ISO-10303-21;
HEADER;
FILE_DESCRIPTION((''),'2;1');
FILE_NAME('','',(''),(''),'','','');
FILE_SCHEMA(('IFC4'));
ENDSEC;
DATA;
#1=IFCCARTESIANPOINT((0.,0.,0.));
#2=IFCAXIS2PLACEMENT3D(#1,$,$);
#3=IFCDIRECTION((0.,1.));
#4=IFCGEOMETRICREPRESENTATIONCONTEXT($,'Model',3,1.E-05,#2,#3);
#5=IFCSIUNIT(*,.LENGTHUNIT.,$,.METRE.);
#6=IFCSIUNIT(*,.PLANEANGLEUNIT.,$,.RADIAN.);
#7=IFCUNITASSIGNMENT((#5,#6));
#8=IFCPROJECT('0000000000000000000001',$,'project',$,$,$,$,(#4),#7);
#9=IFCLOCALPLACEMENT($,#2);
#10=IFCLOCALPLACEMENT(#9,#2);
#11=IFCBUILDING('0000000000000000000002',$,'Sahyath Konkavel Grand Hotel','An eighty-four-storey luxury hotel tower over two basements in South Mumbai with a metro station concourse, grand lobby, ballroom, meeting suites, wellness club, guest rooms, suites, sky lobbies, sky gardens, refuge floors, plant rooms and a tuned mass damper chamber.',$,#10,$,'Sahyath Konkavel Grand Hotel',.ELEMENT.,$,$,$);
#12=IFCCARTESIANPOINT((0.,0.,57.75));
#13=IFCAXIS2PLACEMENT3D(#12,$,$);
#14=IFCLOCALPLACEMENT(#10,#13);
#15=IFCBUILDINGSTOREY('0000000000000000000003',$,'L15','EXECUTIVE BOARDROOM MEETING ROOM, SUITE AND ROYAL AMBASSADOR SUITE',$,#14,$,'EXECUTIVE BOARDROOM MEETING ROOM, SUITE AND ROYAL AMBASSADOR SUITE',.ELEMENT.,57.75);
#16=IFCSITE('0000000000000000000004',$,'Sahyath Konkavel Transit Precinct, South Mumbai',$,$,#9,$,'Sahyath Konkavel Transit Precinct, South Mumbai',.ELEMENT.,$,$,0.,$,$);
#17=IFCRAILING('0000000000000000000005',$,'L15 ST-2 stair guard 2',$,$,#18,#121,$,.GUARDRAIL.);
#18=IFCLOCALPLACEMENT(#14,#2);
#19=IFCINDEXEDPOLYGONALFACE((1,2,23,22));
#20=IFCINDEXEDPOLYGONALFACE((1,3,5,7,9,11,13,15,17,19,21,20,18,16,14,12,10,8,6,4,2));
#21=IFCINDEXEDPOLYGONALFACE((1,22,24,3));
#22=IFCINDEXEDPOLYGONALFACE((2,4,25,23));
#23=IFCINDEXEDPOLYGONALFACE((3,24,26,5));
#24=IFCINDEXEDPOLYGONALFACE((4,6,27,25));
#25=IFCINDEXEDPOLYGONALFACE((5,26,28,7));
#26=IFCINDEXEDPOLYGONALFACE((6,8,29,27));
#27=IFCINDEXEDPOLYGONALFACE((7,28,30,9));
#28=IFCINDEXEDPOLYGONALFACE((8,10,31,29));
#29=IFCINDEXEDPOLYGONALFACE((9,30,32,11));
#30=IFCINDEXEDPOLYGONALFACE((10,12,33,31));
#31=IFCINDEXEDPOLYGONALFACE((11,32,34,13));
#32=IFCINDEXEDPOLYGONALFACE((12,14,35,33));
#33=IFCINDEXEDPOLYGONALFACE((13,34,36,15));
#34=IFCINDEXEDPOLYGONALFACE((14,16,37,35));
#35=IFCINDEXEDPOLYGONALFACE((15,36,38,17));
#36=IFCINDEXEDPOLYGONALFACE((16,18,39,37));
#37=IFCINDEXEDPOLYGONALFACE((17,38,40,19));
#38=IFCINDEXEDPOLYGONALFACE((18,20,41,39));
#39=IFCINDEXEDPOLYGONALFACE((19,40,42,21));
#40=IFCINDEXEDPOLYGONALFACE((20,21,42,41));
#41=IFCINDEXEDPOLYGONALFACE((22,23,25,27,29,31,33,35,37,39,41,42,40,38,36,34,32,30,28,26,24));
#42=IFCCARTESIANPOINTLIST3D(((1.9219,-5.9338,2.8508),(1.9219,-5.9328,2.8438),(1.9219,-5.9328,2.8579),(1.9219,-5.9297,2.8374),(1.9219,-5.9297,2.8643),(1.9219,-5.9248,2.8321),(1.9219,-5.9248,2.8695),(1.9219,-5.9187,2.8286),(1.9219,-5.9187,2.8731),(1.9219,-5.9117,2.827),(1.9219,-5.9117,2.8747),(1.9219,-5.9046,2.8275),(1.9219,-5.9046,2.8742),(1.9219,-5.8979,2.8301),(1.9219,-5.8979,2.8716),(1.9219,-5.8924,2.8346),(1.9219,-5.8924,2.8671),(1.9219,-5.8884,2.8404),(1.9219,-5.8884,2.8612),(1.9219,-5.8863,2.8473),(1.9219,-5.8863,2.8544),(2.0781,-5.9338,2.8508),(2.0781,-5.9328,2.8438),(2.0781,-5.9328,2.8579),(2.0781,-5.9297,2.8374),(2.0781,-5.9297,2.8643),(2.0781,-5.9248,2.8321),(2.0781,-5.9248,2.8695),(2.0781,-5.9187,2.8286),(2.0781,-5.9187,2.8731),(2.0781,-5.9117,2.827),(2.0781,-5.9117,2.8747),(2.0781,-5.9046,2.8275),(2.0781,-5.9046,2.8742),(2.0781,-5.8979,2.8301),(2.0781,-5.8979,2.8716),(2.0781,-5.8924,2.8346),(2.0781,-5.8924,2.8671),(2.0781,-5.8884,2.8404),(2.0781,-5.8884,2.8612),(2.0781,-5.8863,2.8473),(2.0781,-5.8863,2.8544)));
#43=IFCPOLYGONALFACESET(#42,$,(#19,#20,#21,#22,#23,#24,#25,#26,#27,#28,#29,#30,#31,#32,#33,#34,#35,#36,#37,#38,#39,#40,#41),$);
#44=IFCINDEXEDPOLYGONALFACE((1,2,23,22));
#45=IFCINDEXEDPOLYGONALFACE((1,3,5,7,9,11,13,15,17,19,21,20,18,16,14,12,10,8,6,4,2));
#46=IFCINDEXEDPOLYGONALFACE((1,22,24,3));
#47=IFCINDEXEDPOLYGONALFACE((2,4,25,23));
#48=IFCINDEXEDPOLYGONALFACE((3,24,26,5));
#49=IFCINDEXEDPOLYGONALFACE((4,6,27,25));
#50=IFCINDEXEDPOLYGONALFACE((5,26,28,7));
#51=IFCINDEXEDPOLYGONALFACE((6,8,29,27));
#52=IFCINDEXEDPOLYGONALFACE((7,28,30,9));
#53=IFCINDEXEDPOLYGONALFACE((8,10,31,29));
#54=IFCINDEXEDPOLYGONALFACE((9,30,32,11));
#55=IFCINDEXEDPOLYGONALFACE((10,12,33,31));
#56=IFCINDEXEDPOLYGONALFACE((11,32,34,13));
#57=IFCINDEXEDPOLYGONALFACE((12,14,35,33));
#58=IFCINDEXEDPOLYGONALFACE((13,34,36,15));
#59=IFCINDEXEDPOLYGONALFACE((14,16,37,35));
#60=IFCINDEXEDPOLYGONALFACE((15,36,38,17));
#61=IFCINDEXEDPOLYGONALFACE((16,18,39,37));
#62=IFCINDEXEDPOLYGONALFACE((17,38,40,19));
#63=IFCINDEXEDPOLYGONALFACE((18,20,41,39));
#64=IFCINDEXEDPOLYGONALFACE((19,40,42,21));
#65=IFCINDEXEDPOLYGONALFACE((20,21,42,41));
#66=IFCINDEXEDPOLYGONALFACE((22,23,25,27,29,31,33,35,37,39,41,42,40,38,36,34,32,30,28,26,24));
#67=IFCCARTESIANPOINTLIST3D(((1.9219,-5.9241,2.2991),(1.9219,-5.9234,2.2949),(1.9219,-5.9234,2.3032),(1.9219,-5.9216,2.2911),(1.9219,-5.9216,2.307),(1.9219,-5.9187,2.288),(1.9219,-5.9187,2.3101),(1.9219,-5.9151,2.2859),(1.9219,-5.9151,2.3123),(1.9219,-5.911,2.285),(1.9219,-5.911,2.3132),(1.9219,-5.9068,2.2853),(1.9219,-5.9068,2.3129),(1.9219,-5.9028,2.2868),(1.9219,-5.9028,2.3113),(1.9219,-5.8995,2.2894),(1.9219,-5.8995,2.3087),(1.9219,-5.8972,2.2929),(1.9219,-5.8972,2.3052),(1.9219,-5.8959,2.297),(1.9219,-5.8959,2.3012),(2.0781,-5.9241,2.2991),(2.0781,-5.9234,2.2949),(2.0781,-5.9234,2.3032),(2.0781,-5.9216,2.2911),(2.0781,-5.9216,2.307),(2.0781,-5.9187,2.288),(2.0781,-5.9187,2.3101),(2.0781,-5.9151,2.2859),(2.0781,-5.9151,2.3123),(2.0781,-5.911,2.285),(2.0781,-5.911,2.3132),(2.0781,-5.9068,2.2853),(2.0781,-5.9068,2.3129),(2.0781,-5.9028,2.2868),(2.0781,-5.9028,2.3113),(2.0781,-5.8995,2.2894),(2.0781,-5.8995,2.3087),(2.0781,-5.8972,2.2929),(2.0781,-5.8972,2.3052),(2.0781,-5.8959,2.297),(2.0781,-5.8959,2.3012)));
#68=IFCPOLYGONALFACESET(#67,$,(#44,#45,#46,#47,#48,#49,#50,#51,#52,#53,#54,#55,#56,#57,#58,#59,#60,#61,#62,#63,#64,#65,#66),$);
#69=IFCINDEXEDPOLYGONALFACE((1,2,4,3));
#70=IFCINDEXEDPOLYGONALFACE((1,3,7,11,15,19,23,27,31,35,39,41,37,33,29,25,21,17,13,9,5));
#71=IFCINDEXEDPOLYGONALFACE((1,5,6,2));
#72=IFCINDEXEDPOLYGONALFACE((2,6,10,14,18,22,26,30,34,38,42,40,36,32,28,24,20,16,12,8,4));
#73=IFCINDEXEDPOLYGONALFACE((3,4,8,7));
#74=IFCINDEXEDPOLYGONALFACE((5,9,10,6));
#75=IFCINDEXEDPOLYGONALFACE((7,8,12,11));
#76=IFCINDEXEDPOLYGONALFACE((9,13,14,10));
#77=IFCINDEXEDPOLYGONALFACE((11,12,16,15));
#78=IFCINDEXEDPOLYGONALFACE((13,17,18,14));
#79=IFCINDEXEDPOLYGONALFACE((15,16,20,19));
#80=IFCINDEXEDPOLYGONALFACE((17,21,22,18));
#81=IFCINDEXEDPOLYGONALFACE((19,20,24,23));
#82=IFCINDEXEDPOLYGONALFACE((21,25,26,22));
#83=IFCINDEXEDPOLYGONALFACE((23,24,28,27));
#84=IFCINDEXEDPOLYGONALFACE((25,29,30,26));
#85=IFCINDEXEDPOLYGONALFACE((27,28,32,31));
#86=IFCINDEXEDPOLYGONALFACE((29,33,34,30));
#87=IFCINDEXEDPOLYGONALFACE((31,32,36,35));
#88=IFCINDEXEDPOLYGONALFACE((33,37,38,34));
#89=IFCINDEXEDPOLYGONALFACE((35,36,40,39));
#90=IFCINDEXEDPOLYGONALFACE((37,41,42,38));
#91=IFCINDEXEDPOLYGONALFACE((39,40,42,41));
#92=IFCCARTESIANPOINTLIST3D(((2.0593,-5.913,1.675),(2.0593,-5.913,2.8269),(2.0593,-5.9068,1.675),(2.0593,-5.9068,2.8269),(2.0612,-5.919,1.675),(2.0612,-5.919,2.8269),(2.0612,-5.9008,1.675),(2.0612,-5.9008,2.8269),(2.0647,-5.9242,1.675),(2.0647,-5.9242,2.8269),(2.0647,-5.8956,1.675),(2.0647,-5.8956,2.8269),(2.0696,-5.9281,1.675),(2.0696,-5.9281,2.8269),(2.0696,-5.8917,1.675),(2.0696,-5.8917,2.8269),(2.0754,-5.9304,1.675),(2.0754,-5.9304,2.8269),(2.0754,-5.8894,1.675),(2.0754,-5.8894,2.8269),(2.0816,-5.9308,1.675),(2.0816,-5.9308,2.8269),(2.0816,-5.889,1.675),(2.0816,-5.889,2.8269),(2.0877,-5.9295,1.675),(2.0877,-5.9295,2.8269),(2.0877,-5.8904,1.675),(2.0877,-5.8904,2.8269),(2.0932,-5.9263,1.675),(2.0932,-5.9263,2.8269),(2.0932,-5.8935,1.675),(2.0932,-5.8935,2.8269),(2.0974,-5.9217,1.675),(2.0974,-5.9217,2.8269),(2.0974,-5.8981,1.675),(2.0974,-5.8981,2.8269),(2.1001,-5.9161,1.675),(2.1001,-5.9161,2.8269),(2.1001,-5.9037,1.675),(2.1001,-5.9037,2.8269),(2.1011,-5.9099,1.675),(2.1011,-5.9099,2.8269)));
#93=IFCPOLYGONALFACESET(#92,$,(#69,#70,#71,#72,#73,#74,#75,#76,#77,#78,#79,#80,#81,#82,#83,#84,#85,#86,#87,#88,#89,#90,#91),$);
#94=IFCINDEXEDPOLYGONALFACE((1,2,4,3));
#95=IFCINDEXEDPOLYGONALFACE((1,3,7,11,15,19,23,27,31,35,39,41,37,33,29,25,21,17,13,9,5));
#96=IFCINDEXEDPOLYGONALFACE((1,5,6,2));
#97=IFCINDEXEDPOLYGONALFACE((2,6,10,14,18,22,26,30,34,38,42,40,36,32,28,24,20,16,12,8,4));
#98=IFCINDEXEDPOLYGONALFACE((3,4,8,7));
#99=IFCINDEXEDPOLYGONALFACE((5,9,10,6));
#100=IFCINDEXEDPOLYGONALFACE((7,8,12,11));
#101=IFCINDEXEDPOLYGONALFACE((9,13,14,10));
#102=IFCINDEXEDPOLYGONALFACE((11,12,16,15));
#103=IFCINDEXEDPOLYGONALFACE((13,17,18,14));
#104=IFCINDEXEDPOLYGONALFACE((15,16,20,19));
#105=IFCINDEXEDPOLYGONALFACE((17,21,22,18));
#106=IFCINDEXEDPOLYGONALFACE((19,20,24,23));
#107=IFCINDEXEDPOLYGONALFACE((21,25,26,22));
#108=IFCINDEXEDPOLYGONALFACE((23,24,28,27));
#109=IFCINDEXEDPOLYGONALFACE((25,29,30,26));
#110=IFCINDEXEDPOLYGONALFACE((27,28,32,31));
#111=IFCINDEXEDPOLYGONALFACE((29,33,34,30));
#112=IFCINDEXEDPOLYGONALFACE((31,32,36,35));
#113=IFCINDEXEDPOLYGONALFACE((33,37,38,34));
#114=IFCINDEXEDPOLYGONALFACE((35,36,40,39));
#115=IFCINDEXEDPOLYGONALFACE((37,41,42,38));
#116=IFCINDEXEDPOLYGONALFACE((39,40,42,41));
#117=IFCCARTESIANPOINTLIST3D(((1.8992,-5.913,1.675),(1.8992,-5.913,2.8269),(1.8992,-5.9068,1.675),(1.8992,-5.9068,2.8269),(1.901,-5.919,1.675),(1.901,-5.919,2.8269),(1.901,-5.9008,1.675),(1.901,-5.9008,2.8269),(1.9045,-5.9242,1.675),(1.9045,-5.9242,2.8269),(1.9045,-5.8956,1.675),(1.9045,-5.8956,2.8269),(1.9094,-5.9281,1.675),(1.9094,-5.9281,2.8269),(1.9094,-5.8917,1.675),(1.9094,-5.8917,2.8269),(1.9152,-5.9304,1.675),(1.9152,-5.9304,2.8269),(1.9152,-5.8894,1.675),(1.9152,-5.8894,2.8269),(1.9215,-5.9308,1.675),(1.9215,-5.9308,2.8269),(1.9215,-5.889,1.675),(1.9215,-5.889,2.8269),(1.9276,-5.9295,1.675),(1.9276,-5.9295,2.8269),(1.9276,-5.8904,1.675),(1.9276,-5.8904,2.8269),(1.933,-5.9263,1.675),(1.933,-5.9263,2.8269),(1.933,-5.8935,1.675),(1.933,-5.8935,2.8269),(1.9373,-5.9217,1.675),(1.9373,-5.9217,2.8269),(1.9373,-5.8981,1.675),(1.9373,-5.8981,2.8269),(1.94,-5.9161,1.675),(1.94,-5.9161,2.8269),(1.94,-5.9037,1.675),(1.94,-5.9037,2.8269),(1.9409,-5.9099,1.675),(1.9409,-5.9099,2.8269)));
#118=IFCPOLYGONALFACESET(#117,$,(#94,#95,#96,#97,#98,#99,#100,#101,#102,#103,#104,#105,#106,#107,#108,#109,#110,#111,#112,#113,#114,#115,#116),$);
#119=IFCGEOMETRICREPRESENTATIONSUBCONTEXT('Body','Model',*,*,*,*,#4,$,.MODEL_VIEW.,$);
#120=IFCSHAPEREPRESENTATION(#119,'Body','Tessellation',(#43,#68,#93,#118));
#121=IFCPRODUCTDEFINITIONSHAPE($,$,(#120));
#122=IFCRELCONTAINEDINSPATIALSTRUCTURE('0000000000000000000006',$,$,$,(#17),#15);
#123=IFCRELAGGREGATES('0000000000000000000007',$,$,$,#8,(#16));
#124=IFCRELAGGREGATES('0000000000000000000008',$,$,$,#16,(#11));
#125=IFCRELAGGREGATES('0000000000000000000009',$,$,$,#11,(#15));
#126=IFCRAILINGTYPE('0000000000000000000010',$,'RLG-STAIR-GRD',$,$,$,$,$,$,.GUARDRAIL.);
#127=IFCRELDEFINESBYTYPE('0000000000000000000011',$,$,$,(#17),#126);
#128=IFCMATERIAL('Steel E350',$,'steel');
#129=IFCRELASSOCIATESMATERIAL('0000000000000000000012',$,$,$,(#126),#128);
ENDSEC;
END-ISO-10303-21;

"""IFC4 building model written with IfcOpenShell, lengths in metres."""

from ifc_helpers import new_model, si_unit, direction, frame, origin, origin_2d, place, context, subcontext, project, spatial, circle, extrude, material, type_object, element, save


model = new_model("IFC4")

# Units and contexts
model_context = context("Model", 3, precision=1e-05, world=origin(), true_north=direction((0.0, 1.0)))
body_context = subcontext(model_context, "Body", "Model", "MODEL_VIEW")
ifc_project = project(units=[si_unit("LENGTHUNIT", "METRE"), si_unit("PLANEANGLEUNIT", "RADIAN")], contexts=[model_context])

# Site, building, storey
site_placement = place(None, origin())
site = spatial("IfcSite", under=ifc_project, at=site_placement, Name="Sahyath Konkavel Transit Precinct, South Mumbai", LongName="Sahyath Konkavel Transit Precinct, South Mumbai", CompositionType="ELEMENT", RefElevation=0.0)
building_placement = place(site_placement, origin())
building = spatial("IfcBuilding", under=site, at=building_placement, Name="Sahyath Konkavel Grand Hotel", Description="An eighty-four-storey luxury hotel tower over two basements in South Mumbai with a metro station concourse, grand lobby, ballroom, meeting suites, wellness club, guest rooms, suites, sky lobbies, sky gardens, refuge floors, plant rooms and a tuned mass damper chamber.", LongName="Sahyath Konkavel Grand Hotel", CompositionType="ELEMENT")
storey_placement = place(building_placement, frame((0.0, 0.0, 57.75)))
storey = spatial("IfcBuildingStorey", under=building, at=storey_placement, Name="L15", Description="EXECUTIVE BOARDROOM MEETING ROOM, SUITE AND ROYAL AMBASSADOR SUITE", LongName="EXECUTIVE BOARDROOM MEETING ROOM, SUITE AND ROYAL AMBASSADOR SUITE", CompositionType="ELEMENT", Elevation=57.75)

# Shared definitions
ifc_material_1 = material(Name="Steel E350", Category="steel")

# Railing
railing_type_1 = type_object("IfcRailingType", Name="RLG-STAIR-GRD", PredefinedType="GUARDRAIL", material=ifc_material_1)
railing_1_placement = place(storey_placement, frame((2.0801, -5.9099, 1.675)))
element("IfcRailing", 1, at=railing_1_placement, inside=storey, type_object=railing_type_1, Name="L15 ST-2 stair guard 2", PredefinedType="GUARDRAIL", context=body_context, shape_type="SweptSolid", body=[
    extrude(circle(Radius=0.0239, at=origin_2d()), frame((-0.002, 0.0, 1.1758), z_axis=(-1.0, 0.0, 0.0), x_axis=(0.0, -1.0, 0.0)), (0.0, 0.0, 1.0), 0.1562),
    extrude(circle(Radius=0.0142, at=origin_2d()), frame((-0.002, 0.0, 0.624), z_axis=(-1.0, 0.0, 0.0), x_axis=(0.0, -1.0, 0.0)), (0.0, 0.0, 1.0), 0.1562),
    extrude(circle(Radius=0.021, at=origin_2d()), origin(), (0.0, 0.0, 1.0), 1.1519),
    extrude(circle(Radius=0.021, at=origin_2d()), frame((-0.1602, 0.0, 0.0)), (0.0, 0.0, 1.0), 1.1519),
])

save(model, "model.ifc")
